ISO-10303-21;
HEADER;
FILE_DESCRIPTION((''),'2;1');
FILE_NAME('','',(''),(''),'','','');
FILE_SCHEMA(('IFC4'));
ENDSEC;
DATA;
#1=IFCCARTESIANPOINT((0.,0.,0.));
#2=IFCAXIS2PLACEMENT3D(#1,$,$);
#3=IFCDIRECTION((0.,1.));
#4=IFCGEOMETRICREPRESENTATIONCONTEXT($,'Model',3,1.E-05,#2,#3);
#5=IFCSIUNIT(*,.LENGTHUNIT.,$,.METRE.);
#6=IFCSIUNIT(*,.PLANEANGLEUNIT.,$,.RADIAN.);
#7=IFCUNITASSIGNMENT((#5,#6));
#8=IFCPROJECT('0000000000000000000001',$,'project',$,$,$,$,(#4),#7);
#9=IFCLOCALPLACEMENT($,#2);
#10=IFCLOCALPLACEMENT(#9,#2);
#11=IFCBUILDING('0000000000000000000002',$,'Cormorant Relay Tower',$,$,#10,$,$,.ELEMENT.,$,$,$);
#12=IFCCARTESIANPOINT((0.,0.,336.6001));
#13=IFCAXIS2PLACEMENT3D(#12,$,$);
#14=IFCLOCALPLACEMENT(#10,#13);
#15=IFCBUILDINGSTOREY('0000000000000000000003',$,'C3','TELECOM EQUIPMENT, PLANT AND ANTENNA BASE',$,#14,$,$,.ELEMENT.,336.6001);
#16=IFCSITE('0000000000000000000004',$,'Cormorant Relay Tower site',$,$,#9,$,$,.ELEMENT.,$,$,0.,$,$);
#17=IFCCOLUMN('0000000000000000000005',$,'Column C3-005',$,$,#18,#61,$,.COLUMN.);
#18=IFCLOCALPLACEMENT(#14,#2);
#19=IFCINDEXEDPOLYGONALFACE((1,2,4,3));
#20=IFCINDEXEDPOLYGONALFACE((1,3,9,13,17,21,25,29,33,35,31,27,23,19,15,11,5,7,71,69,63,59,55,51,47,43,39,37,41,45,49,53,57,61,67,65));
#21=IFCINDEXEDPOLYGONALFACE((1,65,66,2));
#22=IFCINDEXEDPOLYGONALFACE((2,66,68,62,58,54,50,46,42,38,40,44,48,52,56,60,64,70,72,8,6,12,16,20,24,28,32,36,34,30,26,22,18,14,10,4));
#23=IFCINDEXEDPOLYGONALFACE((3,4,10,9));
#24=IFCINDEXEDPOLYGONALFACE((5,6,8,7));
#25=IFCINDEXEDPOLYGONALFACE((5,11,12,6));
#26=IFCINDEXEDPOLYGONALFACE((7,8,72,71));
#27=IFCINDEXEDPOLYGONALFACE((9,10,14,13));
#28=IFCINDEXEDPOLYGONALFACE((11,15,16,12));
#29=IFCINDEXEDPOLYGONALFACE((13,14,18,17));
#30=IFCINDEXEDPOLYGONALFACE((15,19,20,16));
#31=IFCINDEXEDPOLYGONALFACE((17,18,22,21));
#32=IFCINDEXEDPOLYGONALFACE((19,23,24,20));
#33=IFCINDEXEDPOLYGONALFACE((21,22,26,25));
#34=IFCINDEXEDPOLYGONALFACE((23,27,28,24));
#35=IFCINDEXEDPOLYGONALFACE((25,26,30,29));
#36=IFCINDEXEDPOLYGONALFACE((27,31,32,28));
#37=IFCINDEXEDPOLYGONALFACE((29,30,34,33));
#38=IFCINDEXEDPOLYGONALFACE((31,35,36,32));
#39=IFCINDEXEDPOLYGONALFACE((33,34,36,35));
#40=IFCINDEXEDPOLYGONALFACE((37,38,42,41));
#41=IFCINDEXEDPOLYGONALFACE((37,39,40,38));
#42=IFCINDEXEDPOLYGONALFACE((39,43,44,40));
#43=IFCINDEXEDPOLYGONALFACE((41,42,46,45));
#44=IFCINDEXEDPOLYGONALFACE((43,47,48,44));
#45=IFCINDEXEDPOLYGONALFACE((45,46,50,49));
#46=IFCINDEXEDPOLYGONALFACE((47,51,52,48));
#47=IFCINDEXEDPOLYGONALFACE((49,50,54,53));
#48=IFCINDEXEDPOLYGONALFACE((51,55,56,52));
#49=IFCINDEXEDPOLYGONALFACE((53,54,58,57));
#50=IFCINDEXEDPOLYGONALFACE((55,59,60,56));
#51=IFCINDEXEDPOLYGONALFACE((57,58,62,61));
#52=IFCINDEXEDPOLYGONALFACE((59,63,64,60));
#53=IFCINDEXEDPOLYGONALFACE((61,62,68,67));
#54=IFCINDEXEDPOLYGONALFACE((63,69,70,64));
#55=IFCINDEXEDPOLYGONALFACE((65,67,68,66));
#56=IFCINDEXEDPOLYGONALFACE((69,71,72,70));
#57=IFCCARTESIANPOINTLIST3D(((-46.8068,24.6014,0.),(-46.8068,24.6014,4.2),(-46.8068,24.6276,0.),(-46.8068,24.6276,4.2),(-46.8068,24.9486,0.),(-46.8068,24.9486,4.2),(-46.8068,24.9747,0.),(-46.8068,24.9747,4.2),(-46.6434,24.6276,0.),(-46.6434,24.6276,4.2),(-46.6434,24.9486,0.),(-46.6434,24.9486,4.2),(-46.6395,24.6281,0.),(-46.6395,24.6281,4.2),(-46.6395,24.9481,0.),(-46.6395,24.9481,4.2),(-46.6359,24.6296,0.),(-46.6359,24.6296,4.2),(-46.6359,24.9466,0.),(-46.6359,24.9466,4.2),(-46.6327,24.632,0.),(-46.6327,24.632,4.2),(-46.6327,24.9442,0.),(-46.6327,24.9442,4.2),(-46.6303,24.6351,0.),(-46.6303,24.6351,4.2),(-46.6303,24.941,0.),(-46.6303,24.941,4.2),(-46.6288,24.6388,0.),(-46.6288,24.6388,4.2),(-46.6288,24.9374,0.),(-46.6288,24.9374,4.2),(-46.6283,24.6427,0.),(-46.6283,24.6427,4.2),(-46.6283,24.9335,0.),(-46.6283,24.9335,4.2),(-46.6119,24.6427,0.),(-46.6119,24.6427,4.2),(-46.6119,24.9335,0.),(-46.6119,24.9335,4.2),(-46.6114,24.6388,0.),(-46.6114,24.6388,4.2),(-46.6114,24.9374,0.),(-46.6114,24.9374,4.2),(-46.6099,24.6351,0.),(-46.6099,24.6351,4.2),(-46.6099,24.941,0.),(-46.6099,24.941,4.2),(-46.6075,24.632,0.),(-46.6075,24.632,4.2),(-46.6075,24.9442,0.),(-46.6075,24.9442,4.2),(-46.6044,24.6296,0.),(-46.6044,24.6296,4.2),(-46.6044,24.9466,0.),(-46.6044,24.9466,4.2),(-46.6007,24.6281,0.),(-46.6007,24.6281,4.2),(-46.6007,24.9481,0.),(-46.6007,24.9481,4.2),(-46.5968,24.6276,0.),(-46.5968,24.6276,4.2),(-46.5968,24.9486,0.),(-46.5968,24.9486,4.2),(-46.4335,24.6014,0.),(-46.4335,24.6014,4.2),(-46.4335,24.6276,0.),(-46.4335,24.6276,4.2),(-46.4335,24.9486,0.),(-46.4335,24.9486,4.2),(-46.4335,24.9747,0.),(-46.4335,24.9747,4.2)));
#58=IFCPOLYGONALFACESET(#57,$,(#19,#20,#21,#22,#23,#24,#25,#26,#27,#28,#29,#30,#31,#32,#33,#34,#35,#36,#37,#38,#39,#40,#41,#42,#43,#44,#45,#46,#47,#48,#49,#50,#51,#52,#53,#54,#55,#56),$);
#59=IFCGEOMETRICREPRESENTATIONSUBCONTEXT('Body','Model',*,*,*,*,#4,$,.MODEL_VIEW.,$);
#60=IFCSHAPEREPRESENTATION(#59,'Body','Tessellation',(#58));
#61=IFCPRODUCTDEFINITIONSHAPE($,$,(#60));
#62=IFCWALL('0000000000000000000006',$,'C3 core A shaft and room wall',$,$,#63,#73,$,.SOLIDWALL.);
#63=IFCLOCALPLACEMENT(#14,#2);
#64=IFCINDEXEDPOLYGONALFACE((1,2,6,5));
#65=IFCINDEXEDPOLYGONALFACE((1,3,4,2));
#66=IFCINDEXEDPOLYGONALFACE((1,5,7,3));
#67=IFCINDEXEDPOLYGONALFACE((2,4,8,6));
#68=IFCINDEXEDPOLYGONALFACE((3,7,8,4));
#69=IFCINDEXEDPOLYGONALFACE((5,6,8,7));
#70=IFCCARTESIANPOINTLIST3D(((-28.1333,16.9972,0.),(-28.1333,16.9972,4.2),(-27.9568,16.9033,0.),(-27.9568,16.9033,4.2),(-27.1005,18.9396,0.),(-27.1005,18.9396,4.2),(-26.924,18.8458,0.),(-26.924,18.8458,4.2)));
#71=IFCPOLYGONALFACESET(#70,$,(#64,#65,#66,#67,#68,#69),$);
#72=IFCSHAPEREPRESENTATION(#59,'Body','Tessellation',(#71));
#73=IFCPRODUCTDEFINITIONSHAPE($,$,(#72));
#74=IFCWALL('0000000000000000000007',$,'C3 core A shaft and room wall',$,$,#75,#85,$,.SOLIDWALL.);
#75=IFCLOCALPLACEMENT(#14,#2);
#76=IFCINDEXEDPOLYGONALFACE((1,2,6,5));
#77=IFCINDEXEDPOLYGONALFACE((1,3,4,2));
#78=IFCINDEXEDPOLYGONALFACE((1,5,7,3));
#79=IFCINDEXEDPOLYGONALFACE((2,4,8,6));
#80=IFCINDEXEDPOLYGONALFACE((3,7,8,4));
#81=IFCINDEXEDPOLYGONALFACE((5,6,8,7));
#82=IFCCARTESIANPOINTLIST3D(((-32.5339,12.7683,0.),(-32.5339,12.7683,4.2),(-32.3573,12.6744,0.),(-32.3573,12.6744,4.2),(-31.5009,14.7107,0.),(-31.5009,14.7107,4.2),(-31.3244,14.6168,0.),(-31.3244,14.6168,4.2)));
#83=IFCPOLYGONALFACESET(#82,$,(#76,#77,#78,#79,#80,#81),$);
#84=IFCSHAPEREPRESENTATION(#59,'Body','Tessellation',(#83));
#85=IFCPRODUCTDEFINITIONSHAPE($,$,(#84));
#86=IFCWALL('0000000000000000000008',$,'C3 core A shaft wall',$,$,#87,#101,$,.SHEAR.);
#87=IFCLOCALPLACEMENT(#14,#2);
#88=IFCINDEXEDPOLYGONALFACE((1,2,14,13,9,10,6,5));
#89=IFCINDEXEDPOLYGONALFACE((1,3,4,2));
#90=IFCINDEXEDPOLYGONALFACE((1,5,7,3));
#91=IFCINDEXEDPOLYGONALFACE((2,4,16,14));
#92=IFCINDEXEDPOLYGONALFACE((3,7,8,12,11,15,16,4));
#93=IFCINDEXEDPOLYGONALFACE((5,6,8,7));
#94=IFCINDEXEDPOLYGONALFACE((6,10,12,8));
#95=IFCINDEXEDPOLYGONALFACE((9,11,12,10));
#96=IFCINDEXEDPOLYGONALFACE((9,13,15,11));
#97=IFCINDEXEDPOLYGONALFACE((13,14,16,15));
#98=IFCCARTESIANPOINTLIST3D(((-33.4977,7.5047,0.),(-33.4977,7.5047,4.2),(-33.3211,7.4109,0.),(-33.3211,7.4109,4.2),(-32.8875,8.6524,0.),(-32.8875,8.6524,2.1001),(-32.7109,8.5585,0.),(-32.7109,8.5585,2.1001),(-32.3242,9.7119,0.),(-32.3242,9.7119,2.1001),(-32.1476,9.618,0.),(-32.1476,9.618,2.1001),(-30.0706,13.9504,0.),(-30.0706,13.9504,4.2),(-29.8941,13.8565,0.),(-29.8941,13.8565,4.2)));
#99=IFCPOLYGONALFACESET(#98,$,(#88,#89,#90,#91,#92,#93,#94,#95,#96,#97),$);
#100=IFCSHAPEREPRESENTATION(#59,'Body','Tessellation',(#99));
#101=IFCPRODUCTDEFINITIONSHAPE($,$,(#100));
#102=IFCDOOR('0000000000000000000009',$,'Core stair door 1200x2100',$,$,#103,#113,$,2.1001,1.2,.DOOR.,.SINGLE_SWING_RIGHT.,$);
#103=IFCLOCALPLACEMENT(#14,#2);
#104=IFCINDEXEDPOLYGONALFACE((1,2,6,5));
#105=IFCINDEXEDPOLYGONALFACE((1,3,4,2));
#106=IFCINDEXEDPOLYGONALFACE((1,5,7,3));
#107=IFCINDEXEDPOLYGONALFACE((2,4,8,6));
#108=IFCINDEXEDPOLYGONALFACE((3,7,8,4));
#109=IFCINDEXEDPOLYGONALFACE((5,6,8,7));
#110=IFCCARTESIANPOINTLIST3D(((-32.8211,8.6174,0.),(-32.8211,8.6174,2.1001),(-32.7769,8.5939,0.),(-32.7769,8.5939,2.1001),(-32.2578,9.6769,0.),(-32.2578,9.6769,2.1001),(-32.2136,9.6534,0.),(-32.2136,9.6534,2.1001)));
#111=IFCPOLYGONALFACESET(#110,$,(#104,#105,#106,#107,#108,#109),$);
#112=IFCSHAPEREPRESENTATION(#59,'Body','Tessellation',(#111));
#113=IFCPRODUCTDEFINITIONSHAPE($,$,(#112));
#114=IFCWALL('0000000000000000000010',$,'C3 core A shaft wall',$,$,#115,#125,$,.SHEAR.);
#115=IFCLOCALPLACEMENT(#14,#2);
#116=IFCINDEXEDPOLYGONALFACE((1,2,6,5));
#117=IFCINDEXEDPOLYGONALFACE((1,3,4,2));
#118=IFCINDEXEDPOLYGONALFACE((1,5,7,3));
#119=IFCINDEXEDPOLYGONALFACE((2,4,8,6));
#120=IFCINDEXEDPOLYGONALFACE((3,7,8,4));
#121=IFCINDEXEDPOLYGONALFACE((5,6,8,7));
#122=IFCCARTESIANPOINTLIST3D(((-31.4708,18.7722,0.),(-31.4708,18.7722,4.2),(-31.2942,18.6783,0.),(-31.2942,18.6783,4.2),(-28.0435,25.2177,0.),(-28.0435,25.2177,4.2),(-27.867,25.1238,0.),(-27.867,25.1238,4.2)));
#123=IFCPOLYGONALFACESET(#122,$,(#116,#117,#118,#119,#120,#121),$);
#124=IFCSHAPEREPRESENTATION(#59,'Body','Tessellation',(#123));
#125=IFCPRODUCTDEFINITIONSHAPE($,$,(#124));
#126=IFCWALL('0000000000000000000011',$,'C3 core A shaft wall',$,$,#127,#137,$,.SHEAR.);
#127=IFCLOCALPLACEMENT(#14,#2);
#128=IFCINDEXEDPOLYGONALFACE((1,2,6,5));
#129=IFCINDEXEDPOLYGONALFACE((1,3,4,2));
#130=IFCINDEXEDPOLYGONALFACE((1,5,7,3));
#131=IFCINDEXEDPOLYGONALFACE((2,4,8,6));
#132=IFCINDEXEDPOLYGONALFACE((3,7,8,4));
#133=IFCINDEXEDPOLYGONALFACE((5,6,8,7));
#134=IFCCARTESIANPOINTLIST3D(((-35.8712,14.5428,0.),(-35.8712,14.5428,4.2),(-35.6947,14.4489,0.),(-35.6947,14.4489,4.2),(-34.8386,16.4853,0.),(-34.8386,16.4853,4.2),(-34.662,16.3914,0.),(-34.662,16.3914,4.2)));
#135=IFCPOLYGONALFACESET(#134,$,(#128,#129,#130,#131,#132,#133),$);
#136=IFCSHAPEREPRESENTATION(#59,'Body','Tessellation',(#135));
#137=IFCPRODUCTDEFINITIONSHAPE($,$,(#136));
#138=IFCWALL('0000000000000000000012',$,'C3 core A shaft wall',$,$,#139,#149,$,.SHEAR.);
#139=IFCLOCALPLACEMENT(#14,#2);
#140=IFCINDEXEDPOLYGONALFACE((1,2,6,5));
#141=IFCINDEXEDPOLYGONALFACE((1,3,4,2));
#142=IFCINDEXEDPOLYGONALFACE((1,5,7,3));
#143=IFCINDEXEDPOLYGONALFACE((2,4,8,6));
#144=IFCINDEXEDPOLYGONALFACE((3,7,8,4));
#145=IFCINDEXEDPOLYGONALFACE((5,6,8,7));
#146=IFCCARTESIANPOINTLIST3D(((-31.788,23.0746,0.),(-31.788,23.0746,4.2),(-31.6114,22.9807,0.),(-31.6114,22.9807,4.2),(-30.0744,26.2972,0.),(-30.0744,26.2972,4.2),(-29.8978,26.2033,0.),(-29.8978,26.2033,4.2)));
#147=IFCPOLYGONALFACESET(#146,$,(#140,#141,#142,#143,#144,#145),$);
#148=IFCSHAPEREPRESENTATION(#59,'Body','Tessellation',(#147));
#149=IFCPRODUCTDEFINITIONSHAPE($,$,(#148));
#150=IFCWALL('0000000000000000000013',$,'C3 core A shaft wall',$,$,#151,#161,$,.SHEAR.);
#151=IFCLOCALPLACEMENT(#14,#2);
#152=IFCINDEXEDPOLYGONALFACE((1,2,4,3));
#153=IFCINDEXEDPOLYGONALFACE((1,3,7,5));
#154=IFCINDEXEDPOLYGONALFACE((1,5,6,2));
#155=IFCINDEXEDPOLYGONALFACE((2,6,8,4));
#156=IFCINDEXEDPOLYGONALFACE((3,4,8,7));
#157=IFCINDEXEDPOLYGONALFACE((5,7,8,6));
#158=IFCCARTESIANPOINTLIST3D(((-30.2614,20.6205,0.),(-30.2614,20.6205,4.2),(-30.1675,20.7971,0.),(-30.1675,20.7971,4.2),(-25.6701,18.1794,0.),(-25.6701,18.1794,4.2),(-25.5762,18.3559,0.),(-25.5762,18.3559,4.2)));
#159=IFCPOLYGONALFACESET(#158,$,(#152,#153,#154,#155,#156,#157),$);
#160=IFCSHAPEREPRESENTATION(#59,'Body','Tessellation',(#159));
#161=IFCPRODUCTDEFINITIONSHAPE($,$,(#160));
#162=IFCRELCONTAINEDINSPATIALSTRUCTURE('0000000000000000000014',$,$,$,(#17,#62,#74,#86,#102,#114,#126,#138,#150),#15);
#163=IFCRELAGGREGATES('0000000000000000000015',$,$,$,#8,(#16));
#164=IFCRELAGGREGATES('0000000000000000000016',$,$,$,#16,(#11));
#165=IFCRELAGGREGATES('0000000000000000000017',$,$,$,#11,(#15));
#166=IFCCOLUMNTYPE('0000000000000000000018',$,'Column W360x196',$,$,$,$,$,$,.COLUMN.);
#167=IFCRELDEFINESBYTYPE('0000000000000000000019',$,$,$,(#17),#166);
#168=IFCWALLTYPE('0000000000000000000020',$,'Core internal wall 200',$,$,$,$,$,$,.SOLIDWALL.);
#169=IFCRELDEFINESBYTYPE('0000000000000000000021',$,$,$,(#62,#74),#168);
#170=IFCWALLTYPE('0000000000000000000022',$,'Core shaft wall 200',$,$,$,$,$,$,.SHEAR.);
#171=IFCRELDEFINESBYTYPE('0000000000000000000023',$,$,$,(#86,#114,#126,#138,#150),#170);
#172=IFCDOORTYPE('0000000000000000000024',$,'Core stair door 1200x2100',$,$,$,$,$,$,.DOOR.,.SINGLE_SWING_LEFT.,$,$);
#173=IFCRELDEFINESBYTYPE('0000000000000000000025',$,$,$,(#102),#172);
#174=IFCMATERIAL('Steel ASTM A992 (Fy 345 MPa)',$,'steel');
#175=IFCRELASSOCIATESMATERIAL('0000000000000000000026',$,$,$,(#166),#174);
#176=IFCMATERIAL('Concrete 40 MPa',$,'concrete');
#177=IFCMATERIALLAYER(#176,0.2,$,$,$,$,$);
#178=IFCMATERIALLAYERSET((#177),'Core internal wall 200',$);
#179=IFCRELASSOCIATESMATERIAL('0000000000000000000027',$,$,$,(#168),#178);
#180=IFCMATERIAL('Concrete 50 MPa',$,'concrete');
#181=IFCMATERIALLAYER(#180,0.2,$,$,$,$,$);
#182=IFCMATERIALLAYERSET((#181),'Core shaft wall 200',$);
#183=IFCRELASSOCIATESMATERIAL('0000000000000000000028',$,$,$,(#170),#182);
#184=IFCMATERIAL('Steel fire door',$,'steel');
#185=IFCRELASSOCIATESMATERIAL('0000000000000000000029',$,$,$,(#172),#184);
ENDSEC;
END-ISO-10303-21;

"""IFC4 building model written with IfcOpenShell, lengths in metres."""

from ifc_helpers import new_model, si_unit, direction, frame, frame_2d, origin, origin_2d, place, context, subcontext, project, spatial, rectangle, i_section, extrude, material, layer, layer_set, material_profile, profile_set, type_object, element, fill, save


model = new_model("IFC4")

# Units and contexts
model_context = context("Model", 3, precision=1e-05, world=origin(), true_north=direction((0.0, 1.0)))
body_context = subcontext(model_context, "Body", "Model", "MODEL_VIEW")
ifc_project = project(units=[si_unit("LENGTHUNIT", "METRE"), si_unit("PLANEANGLEUNIT", "RADIAN")], contexts=[model_context])

# Site, building, storey
site_placement = place(None, origin())
site = spatial("IfcSite", under=ifc_project, at=site_placement, Name="Cormorant Relay Tower site", CompositionType="ELEMENT", RefElevation=0.0)
building_placement = place(site_placement, origin())
building = spatial("IfcBuilding", under=site, at=building_placement, Name="Cormorant Relay Tower", CompositionType="ELEMENT")
storey_placement = place(building_placement, frame((0.0, 0.0, 336.6001)))
storey = spatial("IfcBuildingStorey", under=building, at=storey_placement, Name="C3", Description="TELECOM EQUIPMENT, PLANT AND ANTENNA BASE", CompositionType="ELEMENT", Elevation=336.6001)

# Column
ifc_material_1 = material(Name="Steel ASTM A992 (Fy 345 MPa)", Category="steel")
ifc_material_profile = material_profile(ifc_material_1, i_section(OverallWidth=0.3733, OverallDepth=0.3733, WebThickness=0.0164, FlangeThickness=0.0261, FilletRadius=0.0151, at=origin_2d()), Name="W360x196")
ifc_profile_set = profile_set([ifc_material_profile], Name="Steel ASTM A992 (Fy 345 MPa)")
column_type = type_object("IfcColumnType", Name="Column W360x196", PredefinedType="COLUMN", material=ifc_profile_set)
column_placement = place(storey_placement, frame((-46.6201, 24.7881, 0.0), z_axis=(0.0, 0.0, 1.0), x_axis=(1.0, 0.0, 0.0)))
element("IfcColumn", 1, at=column_placement, inside=storey, type_object=column_type, Name="Column C3-005", PredefinedType="COLUMN", context=body_context, shape_type="SweptSolid", body=[
    extrude(i_section(OverallWidth=0.3733, OverallDepth=0.3733, WebThickness=0.0164, FlangeThickness=0.0261, FilletRadius=0.0151, at=origin_2d()), origin(), (0.0, 0.0, 1.0), 4.2),
])

# Walls
ifc_material_2 = material(Name="Concrete 40 MPa", Category="concrete")
ifc_layer_1 = layer(ifc_material_2, 0.2)
ifc_layer_set_1 = layer_set([ifc_layer_1], Name="Core internal wall 200")
wall_type_1 = type_object("IfcWallType", Name="Core internal wall 200", PredefinedType="SOLIDWALL", material=ifc_layer_set_1)
for number, where, z_axis, x_axis, name in (
    (2, (-27.0122, 18.8928, 0.0), (0.0, 0.0, 1.0), (-0.469447, -0.88296, 0.0), "C3 core A shaft and room wall"),
    (3, (-31.4126, 14.6638, 0.0), (0.0, 0.0, 1.0), (-0.469534, -0.882914, 0.0), "C3 core A shaft and room wall"),
):
    element("IfcWall", number, at=place(storey_placement, frame(where, z_axis=z_axis, x_axis=x_axis)), inside=storey, type_object=wall_type_1, Name=name, PredefinedType="SOLIDWALL", context=body_context, shape_type="SweptSolid", body=[
        extrude(rectangle(XDim=2.2, YDim=0.2, at=frame_2d((1.1001, 0.0))), origin(), (0.0, 0.0, 1.0), 4.2),
    ])

# Wall, opening, door
ifc_material_3 = material(Name="Concrete 50 MPa", Category="concrete")
ifc_layer_2 = layer(ifc_material_3, 0.2)
ifc_layer_set_2 = layer_set([ifc_layer_2], Name="Core shaft wall 200")
wall_type_2 = type_object("IfcWallType", Name="Core shaft wall 200", PredefinedType="SHEAR", material=ifc_layer_set_2)
wall_1_placement = place(storey_placement, frame((-29.9824, 13.9033, 0.0), z_axis=(0.0, 0.0, 1.0), x_axis=(-0.469454, -0.882957, 0.0)))
wall_1 = element("IfcWall", 4, at=wall_1_placement, inside=storey, type_object=wall_type_2, Name="C3 core A shaft wall", PredefinedType="SHEAR", context=body_context, shape_type="SweptSolid", body=[
    extrude(rectangle(XDim=7.3, YDim=0.2, at=frame_2d((3.6499, 0.0))), origin(), (0.0, 0.0, 1.0), 4.2),
])
opening_1_placement = place(wall_1_placement, frame((4.8, 0.0, 0.0)))
opening_1 = element("IfcOpeningElement", 5, at=opening_1_placement, cuts=wall_1, PredefinedType="OPENING", context=body_context, shape_type="SweptSolid", body=[
    extrude(rectangle(XDim=1.2, YDim=2.1001, at=frame_2d((0.6001, 1.05))), frame((0.0, 0.1099, 0.0), z_axis=(0.0, -1.0, 0.0), x_axis=(1.0, 0.0, 0.0)), (0.0, 0.0, 1.0), 0.22),
])
ifc_material_4 = material(Name="Steel fire door", Category="steel")
door_type_1 = type_object("IfcDoorType", Name="Core stair door 1200x2100", OperationType="SINGLE_SWING_LEFT", PredefinedType="DOOR", material=ifc_material_4)
door_1_placement = place(opening_1_placement, frame((1.2, 0.0, 0.0), z_axis=(0.0, 0.0, 1.0), x_axis=(-1.0, 0.0, 0.0)))
door_1 = element("IfcDoor", 6, at=door_1_placement, inside=storey, type_object=door_type_1, Name="Core stair door 1200x2100", OperationType="SINGLE_SWING_RIGHT", OverallHeight=2.1001, OverallWidth=1.2, PredefinedType="DOOR", context=body_context, shape_type="SweptSolid", body=[
    extrude(rectangle(XDim=1.2, YDim=2.1001, at=frame_2d((0.6001, 1.05))), frame((0.0, 0.0249, 0.0), z_axis=(0.0, -1.0, 0.0), x_axis=(1.0, 0.0, 0.0)), (0.0, 0.0, 1.0), 0.05),
])
fill(opening_1, door_1)

# Walls
wall_2_placement = place(storey_placement, frame((-27.9553, 25.1707, 0.0), z_axis=(0.0, 0.0, 1.0), x_axis=(-0.46948, -0.882943, 0.0)))
element("IfcWall", 7, at=wall_2_placement, inside=storey, type_object=wall_type_2, Name="C3 core A shaft wall", PredefinedType="SHEAR", context=body_context, shape_type="SweptSolid", body=[
    extrude(rectangle(XDim=7.3, YDim=0.2, at=frame_2d((3.6499, 0.0))), origin(), (0.0, 0.0, 1.0), 4.2),
])
wall_3_placement = place(storey_placement, frame((-34.7502, 16.4385, 0.0), z_axis=(0.0, 0.0, 1.0), x_axis=(-0.469401, -0.882985, 0.0)))
element("IfcWall", 8, at=wall_3_placement, inside=storey, type_object=wall_type_2, Name="C3 core A shaft wall", PredefinedType="SHEAR", context=body_context, shape_type="SweptSolid", body=[
    extrude(rectangle(XDim=2.2, YDim=0.2, at=frame_2d((1.1001, 0.0))), origin(), (0.0, 0.0, 1.0), 4.2),
])
wall_4_placement = place(storey_placement, frame((-29.9861, 26.2502, 0.0), z_axis=(0.0, 0.0, 1.0), x_axis=(-0.469494, -0.882936, 0.0)))
element("IfcWall", 9, at=wall_4_placement, inside=storey, type_object=wall_type_2, Name="C3 core A shaft wall", PredefinedType="SHEAR", context=body_context, shape_type="SweptSolid", body=[
    extrude(rectangle(XDim=3.6499, YDim=0.2, at=frame_2d((1.825, 0.0))), origin(), (0.0, 0.0, 1.0), 4.2),
])

# Wall
wall_5_placement = place(storey_placement, frame((-25.623, 18.2676, 0.0), z_axis=(0.0, 0.0, 1.0), x_axis=(-0.882954, 0.46946, 0.0)))
element("IfcWall", 10, at=wall_5_placement, inside=storey, type_object=wall_type_2, Name="C3 core A shaft wall", PredefinedType="SHEAR", context=body_context, shape_type="SweptSolid", body=[
    extrude(rectangle(XDim=5.2, YDim=0.2, at=frame_2d((2.6001, 0.0))), origin(), (0.0, 0.0, 1.0), 4.2),
])

save(model, "model.ifc")
